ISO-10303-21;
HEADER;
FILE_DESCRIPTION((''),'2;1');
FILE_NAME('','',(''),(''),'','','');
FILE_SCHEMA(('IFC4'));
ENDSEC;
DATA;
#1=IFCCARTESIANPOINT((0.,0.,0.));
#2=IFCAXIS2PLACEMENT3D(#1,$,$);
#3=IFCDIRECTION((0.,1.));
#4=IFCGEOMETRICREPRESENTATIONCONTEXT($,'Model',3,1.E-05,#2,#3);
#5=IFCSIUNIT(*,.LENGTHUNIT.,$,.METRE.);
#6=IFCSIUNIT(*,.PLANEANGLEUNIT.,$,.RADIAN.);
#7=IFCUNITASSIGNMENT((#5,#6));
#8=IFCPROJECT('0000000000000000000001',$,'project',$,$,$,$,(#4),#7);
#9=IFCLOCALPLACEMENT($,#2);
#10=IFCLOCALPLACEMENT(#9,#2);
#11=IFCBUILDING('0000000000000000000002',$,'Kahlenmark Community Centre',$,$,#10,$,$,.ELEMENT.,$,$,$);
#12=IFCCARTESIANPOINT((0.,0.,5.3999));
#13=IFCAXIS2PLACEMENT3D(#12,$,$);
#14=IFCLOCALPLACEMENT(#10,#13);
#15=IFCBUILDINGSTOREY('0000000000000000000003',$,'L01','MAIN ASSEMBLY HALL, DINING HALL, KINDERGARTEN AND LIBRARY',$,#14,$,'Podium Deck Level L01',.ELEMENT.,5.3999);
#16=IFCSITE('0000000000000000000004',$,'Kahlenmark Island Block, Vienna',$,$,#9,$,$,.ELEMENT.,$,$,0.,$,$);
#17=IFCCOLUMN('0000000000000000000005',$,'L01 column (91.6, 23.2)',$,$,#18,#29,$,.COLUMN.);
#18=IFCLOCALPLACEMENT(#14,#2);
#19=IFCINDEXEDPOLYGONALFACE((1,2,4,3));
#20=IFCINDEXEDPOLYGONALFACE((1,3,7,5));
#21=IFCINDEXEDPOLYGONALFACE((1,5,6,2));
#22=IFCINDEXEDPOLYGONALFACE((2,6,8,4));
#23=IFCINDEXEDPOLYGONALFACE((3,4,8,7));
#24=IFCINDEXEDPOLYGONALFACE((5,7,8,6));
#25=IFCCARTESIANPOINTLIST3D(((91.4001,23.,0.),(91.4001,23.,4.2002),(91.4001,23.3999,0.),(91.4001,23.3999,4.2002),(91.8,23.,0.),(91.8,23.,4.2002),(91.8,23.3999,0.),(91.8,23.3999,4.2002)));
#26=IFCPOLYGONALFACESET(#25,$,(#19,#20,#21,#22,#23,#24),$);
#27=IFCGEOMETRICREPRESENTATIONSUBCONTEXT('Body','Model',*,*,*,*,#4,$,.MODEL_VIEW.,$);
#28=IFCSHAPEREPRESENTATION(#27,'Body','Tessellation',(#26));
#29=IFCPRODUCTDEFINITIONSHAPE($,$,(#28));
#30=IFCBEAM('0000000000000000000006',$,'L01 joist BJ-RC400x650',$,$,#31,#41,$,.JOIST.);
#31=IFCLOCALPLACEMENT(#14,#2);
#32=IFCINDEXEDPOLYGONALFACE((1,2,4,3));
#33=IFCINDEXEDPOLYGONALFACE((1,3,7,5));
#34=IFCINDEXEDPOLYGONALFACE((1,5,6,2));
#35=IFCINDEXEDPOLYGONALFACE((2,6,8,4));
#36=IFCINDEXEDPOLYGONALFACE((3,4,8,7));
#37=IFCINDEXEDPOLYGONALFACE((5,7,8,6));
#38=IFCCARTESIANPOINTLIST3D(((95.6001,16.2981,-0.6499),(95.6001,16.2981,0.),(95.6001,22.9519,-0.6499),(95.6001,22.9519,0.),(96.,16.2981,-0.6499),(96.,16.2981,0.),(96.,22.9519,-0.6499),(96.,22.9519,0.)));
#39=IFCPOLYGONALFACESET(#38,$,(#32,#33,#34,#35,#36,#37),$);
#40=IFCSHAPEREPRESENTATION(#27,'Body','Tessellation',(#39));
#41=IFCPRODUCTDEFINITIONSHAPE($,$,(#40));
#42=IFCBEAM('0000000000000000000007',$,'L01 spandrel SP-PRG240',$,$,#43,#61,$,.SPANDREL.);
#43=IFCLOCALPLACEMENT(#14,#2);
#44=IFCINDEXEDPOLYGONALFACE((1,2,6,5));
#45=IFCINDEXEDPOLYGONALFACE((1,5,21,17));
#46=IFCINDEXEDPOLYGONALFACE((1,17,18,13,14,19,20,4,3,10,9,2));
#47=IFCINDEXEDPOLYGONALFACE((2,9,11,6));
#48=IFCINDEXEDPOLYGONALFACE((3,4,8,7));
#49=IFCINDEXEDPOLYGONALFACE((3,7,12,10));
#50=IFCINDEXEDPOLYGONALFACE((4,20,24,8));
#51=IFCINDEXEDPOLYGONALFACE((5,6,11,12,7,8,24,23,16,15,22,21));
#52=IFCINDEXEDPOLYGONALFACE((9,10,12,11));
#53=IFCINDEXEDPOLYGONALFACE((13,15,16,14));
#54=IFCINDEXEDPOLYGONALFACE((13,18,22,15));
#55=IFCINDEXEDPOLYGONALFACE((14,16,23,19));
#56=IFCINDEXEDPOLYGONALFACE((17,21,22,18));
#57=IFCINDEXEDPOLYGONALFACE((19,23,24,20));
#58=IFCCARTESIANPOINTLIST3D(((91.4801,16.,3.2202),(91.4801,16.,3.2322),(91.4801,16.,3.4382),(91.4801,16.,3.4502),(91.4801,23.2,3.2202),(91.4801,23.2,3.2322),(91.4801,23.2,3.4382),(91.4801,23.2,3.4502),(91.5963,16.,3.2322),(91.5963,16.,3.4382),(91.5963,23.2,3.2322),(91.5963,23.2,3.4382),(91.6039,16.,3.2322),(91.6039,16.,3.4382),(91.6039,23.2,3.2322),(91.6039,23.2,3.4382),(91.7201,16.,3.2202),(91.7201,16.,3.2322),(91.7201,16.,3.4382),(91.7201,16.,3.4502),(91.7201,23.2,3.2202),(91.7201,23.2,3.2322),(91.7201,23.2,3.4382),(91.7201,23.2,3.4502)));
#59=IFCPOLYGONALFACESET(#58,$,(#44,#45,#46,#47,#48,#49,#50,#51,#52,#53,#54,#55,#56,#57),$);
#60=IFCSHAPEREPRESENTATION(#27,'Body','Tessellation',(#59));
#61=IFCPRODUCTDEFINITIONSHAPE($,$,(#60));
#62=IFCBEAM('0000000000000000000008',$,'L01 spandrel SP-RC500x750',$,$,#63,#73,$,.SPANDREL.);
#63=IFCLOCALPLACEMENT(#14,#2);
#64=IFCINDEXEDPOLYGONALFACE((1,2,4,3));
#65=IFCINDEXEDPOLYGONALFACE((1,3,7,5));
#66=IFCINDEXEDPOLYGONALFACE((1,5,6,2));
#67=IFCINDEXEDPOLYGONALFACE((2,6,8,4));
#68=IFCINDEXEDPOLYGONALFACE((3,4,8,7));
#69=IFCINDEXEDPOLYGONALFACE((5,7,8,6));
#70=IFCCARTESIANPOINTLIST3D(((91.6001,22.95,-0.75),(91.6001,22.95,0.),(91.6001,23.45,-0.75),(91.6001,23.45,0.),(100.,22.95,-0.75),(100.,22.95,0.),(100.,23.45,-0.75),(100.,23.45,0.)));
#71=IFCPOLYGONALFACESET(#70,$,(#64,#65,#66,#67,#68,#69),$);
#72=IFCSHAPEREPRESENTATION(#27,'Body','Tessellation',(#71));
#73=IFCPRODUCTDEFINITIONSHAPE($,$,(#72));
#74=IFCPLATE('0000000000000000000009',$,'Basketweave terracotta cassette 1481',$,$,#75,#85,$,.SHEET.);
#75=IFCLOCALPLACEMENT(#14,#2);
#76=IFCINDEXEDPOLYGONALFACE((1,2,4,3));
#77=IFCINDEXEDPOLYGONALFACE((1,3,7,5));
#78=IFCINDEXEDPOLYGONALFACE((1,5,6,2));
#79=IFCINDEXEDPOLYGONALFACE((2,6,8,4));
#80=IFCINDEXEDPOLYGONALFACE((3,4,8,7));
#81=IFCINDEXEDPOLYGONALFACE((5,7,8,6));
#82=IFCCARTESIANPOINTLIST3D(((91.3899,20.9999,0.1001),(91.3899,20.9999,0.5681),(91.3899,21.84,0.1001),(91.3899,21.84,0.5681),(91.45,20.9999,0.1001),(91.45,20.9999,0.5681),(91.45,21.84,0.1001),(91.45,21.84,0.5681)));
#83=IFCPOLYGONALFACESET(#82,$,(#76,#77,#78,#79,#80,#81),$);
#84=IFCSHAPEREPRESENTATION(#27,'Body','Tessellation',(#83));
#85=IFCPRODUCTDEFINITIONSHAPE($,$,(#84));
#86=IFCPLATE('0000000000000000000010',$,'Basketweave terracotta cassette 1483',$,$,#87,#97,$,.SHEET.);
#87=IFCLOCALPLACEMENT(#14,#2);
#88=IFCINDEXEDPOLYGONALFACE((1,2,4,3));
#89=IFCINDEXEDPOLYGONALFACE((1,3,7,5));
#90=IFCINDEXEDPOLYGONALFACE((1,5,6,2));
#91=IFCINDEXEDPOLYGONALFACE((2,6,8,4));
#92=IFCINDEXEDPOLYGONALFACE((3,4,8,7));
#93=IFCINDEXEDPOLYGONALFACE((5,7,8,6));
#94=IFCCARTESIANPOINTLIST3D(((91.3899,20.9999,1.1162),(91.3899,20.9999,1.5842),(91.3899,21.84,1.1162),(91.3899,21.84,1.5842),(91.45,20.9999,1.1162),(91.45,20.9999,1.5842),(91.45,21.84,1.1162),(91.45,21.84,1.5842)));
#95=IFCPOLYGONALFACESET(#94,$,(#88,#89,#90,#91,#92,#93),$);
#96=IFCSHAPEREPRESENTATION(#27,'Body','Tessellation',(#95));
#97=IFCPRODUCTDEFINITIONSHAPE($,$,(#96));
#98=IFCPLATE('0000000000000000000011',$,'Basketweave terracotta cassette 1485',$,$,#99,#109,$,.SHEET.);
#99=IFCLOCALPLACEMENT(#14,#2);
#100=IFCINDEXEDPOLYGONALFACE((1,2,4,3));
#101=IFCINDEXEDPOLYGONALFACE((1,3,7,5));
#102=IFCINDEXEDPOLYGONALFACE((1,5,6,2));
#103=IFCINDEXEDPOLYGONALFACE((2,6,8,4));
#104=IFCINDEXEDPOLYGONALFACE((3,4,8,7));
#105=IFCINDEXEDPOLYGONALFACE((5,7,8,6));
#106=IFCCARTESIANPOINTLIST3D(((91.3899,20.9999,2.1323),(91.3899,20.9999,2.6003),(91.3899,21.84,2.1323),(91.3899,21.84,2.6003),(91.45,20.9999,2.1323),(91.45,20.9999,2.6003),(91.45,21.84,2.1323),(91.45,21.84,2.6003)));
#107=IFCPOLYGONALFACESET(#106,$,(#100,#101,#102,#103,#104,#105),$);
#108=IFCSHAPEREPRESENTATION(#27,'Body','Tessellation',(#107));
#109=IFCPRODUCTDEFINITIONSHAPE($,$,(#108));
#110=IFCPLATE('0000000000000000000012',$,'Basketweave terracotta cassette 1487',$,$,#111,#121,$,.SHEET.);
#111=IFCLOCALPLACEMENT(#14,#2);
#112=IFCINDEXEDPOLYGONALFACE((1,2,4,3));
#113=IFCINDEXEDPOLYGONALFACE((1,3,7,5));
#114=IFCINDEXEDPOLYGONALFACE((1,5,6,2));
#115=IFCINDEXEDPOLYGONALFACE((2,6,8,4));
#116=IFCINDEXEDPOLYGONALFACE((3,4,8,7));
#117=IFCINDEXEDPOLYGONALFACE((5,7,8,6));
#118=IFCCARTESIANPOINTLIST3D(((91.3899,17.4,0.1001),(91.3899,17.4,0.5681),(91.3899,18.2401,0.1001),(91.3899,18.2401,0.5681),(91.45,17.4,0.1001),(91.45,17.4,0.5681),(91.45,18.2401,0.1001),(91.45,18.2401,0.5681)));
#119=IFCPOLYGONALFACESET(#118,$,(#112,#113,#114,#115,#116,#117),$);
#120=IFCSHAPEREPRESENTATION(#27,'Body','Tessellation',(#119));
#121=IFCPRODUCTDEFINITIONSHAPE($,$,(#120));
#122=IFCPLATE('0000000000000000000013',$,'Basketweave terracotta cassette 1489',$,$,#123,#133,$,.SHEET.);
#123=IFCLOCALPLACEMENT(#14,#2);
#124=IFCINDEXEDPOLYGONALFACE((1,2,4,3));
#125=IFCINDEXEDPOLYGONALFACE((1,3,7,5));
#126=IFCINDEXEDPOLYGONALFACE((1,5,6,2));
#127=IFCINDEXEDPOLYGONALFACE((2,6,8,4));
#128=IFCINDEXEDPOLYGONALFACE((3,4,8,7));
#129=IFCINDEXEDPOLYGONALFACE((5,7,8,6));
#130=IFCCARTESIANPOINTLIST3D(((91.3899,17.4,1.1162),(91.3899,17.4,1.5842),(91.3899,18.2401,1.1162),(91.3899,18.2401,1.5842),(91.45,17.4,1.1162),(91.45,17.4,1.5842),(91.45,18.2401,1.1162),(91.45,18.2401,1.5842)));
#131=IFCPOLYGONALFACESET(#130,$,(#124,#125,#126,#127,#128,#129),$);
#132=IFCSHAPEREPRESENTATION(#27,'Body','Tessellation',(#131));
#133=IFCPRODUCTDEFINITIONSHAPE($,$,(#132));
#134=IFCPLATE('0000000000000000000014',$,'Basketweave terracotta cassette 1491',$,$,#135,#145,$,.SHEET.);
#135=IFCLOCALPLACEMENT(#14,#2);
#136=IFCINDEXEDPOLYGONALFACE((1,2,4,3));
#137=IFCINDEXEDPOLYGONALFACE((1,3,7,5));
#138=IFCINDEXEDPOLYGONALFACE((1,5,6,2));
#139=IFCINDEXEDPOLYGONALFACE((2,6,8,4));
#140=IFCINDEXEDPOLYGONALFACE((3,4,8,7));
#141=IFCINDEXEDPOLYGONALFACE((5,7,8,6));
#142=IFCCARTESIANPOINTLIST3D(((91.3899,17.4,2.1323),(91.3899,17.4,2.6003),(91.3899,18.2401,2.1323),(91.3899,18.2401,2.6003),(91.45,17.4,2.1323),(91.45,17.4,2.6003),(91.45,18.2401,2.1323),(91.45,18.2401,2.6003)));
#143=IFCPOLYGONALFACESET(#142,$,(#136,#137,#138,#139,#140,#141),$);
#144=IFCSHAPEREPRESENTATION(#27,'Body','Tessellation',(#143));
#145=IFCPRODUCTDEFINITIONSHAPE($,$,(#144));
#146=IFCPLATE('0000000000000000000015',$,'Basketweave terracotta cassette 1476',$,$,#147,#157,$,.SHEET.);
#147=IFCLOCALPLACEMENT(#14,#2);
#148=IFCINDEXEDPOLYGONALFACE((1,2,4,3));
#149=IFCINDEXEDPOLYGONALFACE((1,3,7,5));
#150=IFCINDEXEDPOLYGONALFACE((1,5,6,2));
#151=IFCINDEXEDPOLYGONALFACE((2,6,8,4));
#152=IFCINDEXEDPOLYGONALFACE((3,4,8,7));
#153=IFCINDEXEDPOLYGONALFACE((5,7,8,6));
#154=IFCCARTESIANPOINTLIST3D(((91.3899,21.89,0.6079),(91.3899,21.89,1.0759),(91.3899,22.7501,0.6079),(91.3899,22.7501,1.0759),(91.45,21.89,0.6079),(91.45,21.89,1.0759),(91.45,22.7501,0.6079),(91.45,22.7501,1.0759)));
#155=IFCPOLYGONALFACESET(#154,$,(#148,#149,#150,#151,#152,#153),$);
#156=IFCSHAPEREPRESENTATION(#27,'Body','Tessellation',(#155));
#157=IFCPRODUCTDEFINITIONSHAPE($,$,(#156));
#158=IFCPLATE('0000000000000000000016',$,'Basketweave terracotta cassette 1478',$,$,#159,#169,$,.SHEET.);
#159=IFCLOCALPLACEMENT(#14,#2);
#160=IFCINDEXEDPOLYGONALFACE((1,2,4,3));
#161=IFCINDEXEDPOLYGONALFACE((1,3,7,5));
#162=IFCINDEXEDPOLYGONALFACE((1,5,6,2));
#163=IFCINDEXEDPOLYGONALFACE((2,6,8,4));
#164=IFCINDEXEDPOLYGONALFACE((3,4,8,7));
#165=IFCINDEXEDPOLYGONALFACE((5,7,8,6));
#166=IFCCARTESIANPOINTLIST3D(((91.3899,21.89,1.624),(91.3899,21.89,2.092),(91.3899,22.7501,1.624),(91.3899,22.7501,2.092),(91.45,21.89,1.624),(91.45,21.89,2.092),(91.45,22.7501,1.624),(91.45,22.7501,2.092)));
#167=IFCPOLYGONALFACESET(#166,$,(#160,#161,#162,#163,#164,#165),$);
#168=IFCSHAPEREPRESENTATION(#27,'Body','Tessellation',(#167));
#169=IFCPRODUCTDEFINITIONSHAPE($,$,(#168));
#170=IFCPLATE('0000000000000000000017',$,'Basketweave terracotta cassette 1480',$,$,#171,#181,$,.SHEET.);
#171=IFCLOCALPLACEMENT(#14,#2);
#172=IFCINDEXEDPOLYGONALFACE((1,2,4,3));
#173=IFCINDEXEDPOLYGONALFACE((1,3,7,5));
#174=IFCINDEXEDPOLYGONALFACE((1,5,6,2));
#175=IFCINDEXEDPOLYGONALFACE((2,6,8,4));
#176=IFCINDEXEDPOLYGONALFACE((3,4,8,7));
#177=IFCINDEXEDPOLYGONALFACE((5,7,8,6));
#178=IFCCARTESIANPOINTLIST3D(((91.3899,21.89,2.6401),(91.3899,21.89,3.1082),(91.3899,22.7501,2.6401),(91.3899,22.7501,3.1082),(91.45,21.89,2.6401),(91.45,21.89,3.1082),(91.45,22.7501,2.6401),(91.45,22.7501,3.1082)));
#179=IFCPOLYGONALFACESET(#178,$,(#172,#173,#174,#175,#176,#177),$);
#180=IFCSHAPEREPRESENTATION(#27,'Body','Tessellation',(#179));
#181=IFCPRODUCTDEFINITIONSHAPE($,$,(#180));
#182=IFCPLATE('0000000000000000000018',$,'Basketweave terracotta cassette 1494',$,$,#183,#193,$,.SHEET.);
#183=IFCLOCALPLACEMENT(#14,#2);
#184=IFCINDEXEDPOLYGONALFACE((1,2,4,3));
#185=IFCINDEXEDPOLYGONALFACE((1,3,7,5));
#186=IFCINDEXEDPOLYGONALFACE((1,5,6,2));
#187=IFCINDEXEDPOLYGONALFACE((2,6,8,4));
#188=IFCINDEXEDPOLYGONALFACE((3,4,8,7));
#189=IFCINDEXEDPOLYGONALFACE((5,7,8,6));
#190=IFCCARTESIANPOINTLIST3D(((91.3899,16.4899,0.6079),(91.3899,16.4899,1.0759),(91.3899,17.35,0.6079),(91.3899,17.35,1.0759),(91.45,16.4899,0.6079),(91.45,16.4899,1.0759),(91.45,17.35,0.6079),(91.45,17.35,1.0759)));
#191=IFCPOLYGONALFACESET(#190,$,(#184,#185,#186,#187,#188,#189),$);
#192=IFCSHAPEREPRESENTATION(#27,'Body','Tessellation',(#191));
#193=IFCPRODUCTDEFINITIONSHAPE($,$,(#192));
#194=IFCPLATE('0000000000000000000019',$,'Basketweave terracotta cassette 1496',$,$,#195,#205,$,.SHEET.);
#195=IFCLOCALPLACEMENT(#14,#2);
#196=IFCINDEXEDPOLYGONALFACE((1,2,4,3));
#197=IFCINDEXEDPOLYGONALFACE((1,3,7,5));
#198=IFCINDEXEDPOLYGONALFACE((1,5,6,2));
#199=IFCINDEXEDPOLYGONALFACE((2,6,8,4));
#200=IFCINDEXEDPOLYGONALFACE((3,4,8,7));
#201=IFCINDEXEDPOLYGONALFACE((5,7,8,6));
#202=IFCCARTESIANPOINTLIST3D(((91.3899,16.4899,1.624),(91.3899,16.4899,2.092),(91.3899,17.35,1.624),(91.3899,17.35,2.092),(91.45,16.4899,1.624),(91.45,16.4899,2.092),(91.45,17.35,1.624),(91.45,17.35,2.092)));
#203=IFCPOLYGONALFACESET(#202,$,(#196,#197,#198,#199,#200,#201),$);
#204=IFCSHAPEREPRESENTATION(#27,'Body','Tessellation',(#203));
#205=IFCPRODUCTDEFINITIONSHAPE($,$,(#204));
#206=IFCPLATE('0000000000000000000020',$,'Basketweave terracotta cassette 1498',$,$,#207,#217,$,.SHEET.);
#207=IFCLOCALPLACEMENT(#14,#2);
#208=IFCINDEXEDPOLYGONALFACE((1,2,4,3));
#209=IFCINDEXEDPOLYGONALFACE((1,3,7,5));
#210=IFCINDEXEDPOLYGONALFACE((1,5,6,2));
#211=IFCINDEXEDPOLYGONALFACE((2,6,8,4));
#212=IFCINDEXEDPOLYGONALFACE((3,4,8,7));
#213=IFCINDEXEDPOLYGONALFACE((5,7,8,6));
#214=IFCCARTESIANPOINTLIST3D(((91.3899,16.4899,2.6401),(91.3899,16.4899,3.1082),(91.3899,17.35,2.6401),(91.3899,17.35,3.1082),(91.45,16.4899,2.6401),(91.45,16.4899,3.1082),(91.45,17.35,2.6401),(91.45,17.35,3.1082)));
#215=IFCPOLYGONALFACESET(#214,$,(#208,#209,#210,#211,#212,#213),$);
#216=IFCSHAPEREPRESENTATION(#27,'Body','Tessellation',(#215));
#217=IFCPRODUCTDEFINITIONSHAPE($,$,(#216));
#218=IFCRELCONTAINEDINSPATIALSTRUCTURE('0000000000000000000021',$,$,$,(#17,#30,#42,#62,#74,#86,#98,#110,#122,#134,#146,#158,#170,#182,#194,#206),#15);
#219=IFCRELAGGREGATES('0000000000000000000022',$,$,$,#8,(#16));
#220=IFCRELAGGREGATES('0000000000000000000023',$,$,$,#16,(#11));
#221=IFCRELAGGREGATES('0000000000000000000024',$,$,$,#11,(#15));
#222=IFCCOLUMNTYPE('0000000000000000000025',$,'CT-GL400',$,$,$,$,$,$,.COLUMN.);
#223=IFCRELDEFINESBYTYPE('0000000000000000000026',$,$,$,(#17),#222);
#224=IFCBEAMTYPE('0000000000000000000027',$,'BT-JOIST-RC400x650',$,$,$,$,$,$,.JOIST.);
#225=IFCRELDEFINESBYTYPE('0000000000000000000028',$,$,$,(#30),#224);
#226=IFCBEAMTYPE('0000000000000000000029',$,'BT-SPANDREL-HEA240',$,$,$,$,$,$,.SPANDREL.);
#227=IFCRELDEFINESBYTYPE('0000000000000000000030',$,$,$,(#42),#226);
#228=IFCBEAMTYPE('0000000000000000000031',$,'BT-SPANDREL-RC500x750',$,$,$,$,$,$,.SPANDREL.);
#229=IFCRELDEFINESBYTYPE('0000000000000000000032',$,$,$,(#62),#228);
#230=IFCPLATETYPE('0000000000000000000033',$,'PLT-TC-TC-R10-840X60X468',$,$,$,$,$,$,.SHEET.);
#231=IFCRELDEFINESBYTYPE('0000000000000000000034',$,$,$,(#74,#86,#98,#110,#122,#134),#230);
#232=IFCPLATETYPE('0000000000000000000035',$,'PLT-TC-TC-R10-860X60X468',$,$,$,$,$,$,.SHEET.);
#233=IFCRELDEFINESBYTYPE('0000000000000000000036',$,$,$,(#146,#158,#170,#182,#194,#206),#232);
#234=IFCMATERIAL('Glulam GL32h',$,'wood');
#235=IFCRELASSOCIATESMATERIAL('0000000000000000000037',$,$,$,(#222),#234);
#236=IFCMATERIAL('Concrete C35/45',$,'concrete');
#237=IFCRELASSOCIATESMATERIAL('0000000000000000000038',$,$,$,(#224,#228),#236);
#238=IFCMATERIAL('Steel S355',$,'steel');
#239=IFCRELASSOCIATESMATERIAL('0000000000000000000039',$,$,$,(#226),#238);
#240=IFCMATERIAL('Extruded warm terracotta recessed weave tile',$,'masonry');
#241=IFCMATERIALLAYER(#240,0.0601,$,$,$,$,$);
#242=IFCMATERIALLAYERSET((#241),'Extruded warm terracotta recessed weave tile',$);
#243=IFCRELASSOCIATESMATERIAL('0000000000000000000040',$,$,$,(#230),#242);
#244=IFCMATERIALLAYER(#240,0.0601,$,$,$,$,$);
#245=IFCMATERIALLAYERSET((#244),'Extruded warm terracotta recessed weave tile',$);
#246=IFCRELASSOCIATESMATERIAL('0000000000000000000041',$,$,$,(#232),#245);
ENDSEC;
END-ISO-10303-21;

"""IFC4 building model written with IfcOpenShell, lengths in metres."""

from ifc_helpers import new_model, si_unit, direction, frame, origin, origin_2d, place, context, subcontext, project, spatial, rectangle, i_section, extrude, material, layer, layer_set, material_profile, profile_set, type_object, element, save


model = new_model("IFC4")

# Units and contexts
model_context = context("Model", 3, precision=1e-05, world=origin(), true_north=direction((0.0, 1.0)))
body_context = subcontext(model_context, "Body", "Model", "MODEL_VIEW")
ifc_project = project(units=[si_unit("LENGTHUNIT", "METRE"), si_unit("PLANEANGLEUNIT", "RADIAN")], contexts=[model_context])

# Site, building, storey
site_placement = place(None, origin())
site = spatial("IfcSite", under=ifc_project, at=site_placement, Name="Kahlenmark Island Block, Vienna", CompositionType="ELEMENT", RefElevation=0.0)
building_placement = place(site_placement, origin())
building = spatial("IfcBuilding", under=site, at=building_placement, Name="Kahlenmark Community Centre", CompositionType="ELEMENT")
storey_placement = place(building_placement, frame((0.0, 0.0, 5.3999)))
storey = spatial("IfcBuildingStorey", under=building, at=storey_placement, Name="L01", Description="MAIN ASSEMBLY HALL, DINING HALL, KINDERGARTEN AND LIBRARY", LongName="Podium Deck Level L01", CompositionType="ELEMENT", Elevation=5.3999)

# Column
ifc_material_1 = material(Name="Glulam GL32h", Category="wood")
ifc_material_profile_1 = material_profile(ifc_material_1, rectangle(XDim=0.3999, YDim=0.3999, at=origin_2d()), Name="GL32h 400x400")
ifc_profile_set_1 = profile_set([ifc_material_profile_1], Name="Glulam GL32h")
column_type = type_object("IfcColumnType", Name="CT-GL400", PredefinedType="COLUMN", material=ifc_profile_set_1)
column_placement = place(storey_placement, frame((91.6001, 23.2, 0.0), z_axis=(0.0, 0.0, 1.0), x_axis=(1.0, 0.0, 0.0)))
element("IfcColumn", 1, at=column_placement, inside=storey, type_object=column_type, Name="L01 column (91.6, 23.2)", PredefinedType="COLUMN", context=body_context, shape_type="SweptSolid", body=[
    extrude(rectangle(XDim=0.3999, YDim=0.3999, at=origin_2d()), origin(), (0.0, 0.0, 1.0), 4.2002),
])

# Beams
ifc_material_2 = material(Name="Concrete C35/45", Category="concrete")
ifc_material_profile_2 = material_profile(ifc_material_2, rectangle(XDim=0.3999, YDim=0.6499, at=origin_2d()), Name="RC 400x650")
ifc_profile_set_2 = profile_set([ifc_material_profile_2], Name="Concrete C35/45")
beam_type_1 = type_object("IfcBeamType", Name="BT-JOIST-RC400x650", PredefinedType="JOIST", material=ifc_profile_set_2)
beam_1_placement = place(storey_placement, frame((95.8, 16.2981, -0.325), z_axis=(0.0, 1.0, 0.0), x_axis=(-1.0, 0.0, 0.0)))
element("IfcBeam", 2, at=beam_1_placement, inside=storey, type_object=beam_type_1, Name="L01 joist BJ-RC400x650", PredefinedType="JOIST", context=body_context, shape_type="SweptSolid", body=[
    extrude(rectangle(XDim=0.3999, YDim=0.6499, at=origin_2d()), origin(), (0.0, 0.0, 1.0), 6.6538),
])
ifc_material_3 = material(Name="Steel S355", Category="steel")
ifc_material_profile_3 = material_profile(ifc_material_3, i_section(OverallWidth=0.24, OverallDepth=0.23, WebThickness=0.0076, FlangeThickness=0.012, at=origin_2d()), Name="HEA 240")
ifc_profile_set_3 = profile_set([ifc_material_profile_3], Name="Steel S355")
beam_type_2 = type_object("IfcBeamType", Name="BT-SPANDREL-HEA240", PredefinedType="SPANDREL", material=ifc_profile_set_3)
beam_2_placement = place(storey_placement, frame((91.6001, 16.0, 3.3352), z_axis=(0.0, 1.0, 0.0), x_axis=(-1.0, 0.0, 0.0)))
element("IfcBeam", 3, at=beam_2_placement, inside=storey, type_object=beam_type_2, Name="L01 spandrel SP-PRG240", PredefinedType="SPANDREL", context=body_context, shape_type="SweptSolid", body=[
    extrude(i_section(OverallWidth=0.24, OverallDepth=0.23, WebThickness=0.0076, FlangeThickness=0.012, at=origin_2d()), origin(), (0.0, 0.0, 1.0), 7.2),
])
ifc_material_profile_4 = material_profile(ifc_material_2, rectangle(XDim=0.5, YDim=0.75, at=origin_2d()), Name="RC 500x750")
ifc_profile_set_4 = profile_set([ifc_material_profile_4], Name="Concrete C35/45")
beam_type_3 = type_object("IfcBeamType", Name="BT-SPANDREL-RC500x750", PredefinedType="SPANDREL", material=ifc_profile_set_4)
beam_3_placement = place(storey_placement, frame((91.6001, 23.2, -0.375), z_axis=(1.0, 0.0, 0.0), x_axis=(0.0, 1.0, 0.0)))
element("IfcBeam", 4, at=beam_3_placement, inside=storey, type_object=beam_type_3, Name="L01 spandrel SP-RC500x750", PredefinedType="SPANDREL", context=body_context, shape_type="SweptSolid", body=[
    extrude(rectangle(XDim=0.5, YDim=0.75, at=origin_2d()), origin(), (0.0, 0.0, 1.0), 8.3999),
])

# Plates
ifc_material_4 = material(Name="Extruded warm terracotta recessed weave tile", Category="masonry")
ifc_layer_1 = layer(ifc_material_4, 0.0601)
ifc_layer_set_1 = layer_set([ifc_layer_1], Name="Extruded warm terracotta recessed weave tile")
plate_type_1 = type_object("IfcPlateType", Name="PLT-TC-TC-R10-840X60X468", PredefinedType="SHEET", material=ifc_layer_set_1)
for number, where, z_axis, x_axis, name in (
    (5, (91.4199, 21.4199, 0.1001), (0.0, 0.0, 1.0), (0.0, -1.0, 0.0), "Basketweave terracotta cassette 1481"),
    (6, (91.4199, 21.4199, 1.1162), (0.0, 0.0, 1.0), (0.0, -1.0, 0.0), "Basketweave terracotta cassette 1483"),
    (7, (91.4199, 21.4199, 2.1323), (0.0, 0.0, 1.0), (0.0, -1.0, 0.0), "Basketweave terracotta cassette 1485"),
    (8, (91.4199, 17.8201, 0.1001), (0.0, 0.0, 1.0), (0.0, -1.0, 0.0), "Basketweave terracotta cassette 1487"),
    (9, (91.4199, 17.8201, 1.1162), (0.0, 0.0, 1.0), (0.0, -1.0, 0.0), "Basketweave terracotta cassette 1489"),
    (10, (91.4199, 17.8201, 2.1323), (0.0, 0.0, 1.0), (0.0, -1.0, 0.0), "Basketweave terracotta cassette 1491"),
):
    element("IfcPlate", number, at=place(storey_placement, frame(where, z_axis=z_axis, x_axis=x_axis)), inside=storey, type_object=plate_type_1, Name=name, PredefinedType="SHEET", context=body_context, shape_type="SweptSolid", body=[
        extrude(rectangle(XDim=0.8401, YDim=0.0601, at=origin_2d()), origin(), (0.0, 0.0, 1.0), 0.468),
    ])
ifc_layer_2 = layer(ifc_material_4, 0.0601)
ifc_layer_set_2 = layer_set([ifc_layer_2], Name="Extruded warm terracotta recessed weave tile")
plate_type_2 = type_object("IfcPlateType", Name="PLT-TC-TC-R10-860X60X468", PredefinedType="SHEET", material=ifc_layer_set_2)
for number, where, z_axis, x_axis, name in (
    (11, (91.4199, 22.3201, 0.6079), (0.0, 0.0, 1.0), (0.0, -1.0, 0.0), "Basketweave terracotta cassette 1476"),
    (12, (91.4199, 22.3201, 1.624), (0.0, 0.0, 1.0), (0.0, -1.0, 0.0), "Basketweave terracotta cassette 1478"),
    (13, (91.4199, 22.3201, 2.6401), (0.0, 0.0, 1.0), (0.0, -1.0, 0.0), "Basketweave terracotta cassette 1480"),
    (14, (91.4199, 16.9199, 0.6079), (0.0, 0.0, 1.0), (0.0, -1.0, 0.0), "Basketweave terracotta cassette 1494"),
    (15, (91.4199, 16.9199, 1.624), (0.0, 0.0, 1.0), (0.0, -1.0, 0.0), "Basketweave terracotta cassette 1496"),
    (16, (91.4199, 16.9199, 2.6401), (0.0, 0.0, 1.0), (0.0, -1.0, 0.0), "Basketweave terracotta cassette 1498"),
):
    element("IfcPlate", number, at=place(storey_placement, frame(where, z_axis=z_axis, x_axis=x_axis)), inside=storey, type_object=plate_type_2, Name=name, PredefinedType="SHEET", context=body_context, shape_type="SweptSolid", body=[
        extrude(rectangle(XDim=0.8601, YDim=0.0601, at=origin_2d()), origin(), (0.0, 0.0, 1.0), 0.468),
    ])

save(model, "model.ifc")
